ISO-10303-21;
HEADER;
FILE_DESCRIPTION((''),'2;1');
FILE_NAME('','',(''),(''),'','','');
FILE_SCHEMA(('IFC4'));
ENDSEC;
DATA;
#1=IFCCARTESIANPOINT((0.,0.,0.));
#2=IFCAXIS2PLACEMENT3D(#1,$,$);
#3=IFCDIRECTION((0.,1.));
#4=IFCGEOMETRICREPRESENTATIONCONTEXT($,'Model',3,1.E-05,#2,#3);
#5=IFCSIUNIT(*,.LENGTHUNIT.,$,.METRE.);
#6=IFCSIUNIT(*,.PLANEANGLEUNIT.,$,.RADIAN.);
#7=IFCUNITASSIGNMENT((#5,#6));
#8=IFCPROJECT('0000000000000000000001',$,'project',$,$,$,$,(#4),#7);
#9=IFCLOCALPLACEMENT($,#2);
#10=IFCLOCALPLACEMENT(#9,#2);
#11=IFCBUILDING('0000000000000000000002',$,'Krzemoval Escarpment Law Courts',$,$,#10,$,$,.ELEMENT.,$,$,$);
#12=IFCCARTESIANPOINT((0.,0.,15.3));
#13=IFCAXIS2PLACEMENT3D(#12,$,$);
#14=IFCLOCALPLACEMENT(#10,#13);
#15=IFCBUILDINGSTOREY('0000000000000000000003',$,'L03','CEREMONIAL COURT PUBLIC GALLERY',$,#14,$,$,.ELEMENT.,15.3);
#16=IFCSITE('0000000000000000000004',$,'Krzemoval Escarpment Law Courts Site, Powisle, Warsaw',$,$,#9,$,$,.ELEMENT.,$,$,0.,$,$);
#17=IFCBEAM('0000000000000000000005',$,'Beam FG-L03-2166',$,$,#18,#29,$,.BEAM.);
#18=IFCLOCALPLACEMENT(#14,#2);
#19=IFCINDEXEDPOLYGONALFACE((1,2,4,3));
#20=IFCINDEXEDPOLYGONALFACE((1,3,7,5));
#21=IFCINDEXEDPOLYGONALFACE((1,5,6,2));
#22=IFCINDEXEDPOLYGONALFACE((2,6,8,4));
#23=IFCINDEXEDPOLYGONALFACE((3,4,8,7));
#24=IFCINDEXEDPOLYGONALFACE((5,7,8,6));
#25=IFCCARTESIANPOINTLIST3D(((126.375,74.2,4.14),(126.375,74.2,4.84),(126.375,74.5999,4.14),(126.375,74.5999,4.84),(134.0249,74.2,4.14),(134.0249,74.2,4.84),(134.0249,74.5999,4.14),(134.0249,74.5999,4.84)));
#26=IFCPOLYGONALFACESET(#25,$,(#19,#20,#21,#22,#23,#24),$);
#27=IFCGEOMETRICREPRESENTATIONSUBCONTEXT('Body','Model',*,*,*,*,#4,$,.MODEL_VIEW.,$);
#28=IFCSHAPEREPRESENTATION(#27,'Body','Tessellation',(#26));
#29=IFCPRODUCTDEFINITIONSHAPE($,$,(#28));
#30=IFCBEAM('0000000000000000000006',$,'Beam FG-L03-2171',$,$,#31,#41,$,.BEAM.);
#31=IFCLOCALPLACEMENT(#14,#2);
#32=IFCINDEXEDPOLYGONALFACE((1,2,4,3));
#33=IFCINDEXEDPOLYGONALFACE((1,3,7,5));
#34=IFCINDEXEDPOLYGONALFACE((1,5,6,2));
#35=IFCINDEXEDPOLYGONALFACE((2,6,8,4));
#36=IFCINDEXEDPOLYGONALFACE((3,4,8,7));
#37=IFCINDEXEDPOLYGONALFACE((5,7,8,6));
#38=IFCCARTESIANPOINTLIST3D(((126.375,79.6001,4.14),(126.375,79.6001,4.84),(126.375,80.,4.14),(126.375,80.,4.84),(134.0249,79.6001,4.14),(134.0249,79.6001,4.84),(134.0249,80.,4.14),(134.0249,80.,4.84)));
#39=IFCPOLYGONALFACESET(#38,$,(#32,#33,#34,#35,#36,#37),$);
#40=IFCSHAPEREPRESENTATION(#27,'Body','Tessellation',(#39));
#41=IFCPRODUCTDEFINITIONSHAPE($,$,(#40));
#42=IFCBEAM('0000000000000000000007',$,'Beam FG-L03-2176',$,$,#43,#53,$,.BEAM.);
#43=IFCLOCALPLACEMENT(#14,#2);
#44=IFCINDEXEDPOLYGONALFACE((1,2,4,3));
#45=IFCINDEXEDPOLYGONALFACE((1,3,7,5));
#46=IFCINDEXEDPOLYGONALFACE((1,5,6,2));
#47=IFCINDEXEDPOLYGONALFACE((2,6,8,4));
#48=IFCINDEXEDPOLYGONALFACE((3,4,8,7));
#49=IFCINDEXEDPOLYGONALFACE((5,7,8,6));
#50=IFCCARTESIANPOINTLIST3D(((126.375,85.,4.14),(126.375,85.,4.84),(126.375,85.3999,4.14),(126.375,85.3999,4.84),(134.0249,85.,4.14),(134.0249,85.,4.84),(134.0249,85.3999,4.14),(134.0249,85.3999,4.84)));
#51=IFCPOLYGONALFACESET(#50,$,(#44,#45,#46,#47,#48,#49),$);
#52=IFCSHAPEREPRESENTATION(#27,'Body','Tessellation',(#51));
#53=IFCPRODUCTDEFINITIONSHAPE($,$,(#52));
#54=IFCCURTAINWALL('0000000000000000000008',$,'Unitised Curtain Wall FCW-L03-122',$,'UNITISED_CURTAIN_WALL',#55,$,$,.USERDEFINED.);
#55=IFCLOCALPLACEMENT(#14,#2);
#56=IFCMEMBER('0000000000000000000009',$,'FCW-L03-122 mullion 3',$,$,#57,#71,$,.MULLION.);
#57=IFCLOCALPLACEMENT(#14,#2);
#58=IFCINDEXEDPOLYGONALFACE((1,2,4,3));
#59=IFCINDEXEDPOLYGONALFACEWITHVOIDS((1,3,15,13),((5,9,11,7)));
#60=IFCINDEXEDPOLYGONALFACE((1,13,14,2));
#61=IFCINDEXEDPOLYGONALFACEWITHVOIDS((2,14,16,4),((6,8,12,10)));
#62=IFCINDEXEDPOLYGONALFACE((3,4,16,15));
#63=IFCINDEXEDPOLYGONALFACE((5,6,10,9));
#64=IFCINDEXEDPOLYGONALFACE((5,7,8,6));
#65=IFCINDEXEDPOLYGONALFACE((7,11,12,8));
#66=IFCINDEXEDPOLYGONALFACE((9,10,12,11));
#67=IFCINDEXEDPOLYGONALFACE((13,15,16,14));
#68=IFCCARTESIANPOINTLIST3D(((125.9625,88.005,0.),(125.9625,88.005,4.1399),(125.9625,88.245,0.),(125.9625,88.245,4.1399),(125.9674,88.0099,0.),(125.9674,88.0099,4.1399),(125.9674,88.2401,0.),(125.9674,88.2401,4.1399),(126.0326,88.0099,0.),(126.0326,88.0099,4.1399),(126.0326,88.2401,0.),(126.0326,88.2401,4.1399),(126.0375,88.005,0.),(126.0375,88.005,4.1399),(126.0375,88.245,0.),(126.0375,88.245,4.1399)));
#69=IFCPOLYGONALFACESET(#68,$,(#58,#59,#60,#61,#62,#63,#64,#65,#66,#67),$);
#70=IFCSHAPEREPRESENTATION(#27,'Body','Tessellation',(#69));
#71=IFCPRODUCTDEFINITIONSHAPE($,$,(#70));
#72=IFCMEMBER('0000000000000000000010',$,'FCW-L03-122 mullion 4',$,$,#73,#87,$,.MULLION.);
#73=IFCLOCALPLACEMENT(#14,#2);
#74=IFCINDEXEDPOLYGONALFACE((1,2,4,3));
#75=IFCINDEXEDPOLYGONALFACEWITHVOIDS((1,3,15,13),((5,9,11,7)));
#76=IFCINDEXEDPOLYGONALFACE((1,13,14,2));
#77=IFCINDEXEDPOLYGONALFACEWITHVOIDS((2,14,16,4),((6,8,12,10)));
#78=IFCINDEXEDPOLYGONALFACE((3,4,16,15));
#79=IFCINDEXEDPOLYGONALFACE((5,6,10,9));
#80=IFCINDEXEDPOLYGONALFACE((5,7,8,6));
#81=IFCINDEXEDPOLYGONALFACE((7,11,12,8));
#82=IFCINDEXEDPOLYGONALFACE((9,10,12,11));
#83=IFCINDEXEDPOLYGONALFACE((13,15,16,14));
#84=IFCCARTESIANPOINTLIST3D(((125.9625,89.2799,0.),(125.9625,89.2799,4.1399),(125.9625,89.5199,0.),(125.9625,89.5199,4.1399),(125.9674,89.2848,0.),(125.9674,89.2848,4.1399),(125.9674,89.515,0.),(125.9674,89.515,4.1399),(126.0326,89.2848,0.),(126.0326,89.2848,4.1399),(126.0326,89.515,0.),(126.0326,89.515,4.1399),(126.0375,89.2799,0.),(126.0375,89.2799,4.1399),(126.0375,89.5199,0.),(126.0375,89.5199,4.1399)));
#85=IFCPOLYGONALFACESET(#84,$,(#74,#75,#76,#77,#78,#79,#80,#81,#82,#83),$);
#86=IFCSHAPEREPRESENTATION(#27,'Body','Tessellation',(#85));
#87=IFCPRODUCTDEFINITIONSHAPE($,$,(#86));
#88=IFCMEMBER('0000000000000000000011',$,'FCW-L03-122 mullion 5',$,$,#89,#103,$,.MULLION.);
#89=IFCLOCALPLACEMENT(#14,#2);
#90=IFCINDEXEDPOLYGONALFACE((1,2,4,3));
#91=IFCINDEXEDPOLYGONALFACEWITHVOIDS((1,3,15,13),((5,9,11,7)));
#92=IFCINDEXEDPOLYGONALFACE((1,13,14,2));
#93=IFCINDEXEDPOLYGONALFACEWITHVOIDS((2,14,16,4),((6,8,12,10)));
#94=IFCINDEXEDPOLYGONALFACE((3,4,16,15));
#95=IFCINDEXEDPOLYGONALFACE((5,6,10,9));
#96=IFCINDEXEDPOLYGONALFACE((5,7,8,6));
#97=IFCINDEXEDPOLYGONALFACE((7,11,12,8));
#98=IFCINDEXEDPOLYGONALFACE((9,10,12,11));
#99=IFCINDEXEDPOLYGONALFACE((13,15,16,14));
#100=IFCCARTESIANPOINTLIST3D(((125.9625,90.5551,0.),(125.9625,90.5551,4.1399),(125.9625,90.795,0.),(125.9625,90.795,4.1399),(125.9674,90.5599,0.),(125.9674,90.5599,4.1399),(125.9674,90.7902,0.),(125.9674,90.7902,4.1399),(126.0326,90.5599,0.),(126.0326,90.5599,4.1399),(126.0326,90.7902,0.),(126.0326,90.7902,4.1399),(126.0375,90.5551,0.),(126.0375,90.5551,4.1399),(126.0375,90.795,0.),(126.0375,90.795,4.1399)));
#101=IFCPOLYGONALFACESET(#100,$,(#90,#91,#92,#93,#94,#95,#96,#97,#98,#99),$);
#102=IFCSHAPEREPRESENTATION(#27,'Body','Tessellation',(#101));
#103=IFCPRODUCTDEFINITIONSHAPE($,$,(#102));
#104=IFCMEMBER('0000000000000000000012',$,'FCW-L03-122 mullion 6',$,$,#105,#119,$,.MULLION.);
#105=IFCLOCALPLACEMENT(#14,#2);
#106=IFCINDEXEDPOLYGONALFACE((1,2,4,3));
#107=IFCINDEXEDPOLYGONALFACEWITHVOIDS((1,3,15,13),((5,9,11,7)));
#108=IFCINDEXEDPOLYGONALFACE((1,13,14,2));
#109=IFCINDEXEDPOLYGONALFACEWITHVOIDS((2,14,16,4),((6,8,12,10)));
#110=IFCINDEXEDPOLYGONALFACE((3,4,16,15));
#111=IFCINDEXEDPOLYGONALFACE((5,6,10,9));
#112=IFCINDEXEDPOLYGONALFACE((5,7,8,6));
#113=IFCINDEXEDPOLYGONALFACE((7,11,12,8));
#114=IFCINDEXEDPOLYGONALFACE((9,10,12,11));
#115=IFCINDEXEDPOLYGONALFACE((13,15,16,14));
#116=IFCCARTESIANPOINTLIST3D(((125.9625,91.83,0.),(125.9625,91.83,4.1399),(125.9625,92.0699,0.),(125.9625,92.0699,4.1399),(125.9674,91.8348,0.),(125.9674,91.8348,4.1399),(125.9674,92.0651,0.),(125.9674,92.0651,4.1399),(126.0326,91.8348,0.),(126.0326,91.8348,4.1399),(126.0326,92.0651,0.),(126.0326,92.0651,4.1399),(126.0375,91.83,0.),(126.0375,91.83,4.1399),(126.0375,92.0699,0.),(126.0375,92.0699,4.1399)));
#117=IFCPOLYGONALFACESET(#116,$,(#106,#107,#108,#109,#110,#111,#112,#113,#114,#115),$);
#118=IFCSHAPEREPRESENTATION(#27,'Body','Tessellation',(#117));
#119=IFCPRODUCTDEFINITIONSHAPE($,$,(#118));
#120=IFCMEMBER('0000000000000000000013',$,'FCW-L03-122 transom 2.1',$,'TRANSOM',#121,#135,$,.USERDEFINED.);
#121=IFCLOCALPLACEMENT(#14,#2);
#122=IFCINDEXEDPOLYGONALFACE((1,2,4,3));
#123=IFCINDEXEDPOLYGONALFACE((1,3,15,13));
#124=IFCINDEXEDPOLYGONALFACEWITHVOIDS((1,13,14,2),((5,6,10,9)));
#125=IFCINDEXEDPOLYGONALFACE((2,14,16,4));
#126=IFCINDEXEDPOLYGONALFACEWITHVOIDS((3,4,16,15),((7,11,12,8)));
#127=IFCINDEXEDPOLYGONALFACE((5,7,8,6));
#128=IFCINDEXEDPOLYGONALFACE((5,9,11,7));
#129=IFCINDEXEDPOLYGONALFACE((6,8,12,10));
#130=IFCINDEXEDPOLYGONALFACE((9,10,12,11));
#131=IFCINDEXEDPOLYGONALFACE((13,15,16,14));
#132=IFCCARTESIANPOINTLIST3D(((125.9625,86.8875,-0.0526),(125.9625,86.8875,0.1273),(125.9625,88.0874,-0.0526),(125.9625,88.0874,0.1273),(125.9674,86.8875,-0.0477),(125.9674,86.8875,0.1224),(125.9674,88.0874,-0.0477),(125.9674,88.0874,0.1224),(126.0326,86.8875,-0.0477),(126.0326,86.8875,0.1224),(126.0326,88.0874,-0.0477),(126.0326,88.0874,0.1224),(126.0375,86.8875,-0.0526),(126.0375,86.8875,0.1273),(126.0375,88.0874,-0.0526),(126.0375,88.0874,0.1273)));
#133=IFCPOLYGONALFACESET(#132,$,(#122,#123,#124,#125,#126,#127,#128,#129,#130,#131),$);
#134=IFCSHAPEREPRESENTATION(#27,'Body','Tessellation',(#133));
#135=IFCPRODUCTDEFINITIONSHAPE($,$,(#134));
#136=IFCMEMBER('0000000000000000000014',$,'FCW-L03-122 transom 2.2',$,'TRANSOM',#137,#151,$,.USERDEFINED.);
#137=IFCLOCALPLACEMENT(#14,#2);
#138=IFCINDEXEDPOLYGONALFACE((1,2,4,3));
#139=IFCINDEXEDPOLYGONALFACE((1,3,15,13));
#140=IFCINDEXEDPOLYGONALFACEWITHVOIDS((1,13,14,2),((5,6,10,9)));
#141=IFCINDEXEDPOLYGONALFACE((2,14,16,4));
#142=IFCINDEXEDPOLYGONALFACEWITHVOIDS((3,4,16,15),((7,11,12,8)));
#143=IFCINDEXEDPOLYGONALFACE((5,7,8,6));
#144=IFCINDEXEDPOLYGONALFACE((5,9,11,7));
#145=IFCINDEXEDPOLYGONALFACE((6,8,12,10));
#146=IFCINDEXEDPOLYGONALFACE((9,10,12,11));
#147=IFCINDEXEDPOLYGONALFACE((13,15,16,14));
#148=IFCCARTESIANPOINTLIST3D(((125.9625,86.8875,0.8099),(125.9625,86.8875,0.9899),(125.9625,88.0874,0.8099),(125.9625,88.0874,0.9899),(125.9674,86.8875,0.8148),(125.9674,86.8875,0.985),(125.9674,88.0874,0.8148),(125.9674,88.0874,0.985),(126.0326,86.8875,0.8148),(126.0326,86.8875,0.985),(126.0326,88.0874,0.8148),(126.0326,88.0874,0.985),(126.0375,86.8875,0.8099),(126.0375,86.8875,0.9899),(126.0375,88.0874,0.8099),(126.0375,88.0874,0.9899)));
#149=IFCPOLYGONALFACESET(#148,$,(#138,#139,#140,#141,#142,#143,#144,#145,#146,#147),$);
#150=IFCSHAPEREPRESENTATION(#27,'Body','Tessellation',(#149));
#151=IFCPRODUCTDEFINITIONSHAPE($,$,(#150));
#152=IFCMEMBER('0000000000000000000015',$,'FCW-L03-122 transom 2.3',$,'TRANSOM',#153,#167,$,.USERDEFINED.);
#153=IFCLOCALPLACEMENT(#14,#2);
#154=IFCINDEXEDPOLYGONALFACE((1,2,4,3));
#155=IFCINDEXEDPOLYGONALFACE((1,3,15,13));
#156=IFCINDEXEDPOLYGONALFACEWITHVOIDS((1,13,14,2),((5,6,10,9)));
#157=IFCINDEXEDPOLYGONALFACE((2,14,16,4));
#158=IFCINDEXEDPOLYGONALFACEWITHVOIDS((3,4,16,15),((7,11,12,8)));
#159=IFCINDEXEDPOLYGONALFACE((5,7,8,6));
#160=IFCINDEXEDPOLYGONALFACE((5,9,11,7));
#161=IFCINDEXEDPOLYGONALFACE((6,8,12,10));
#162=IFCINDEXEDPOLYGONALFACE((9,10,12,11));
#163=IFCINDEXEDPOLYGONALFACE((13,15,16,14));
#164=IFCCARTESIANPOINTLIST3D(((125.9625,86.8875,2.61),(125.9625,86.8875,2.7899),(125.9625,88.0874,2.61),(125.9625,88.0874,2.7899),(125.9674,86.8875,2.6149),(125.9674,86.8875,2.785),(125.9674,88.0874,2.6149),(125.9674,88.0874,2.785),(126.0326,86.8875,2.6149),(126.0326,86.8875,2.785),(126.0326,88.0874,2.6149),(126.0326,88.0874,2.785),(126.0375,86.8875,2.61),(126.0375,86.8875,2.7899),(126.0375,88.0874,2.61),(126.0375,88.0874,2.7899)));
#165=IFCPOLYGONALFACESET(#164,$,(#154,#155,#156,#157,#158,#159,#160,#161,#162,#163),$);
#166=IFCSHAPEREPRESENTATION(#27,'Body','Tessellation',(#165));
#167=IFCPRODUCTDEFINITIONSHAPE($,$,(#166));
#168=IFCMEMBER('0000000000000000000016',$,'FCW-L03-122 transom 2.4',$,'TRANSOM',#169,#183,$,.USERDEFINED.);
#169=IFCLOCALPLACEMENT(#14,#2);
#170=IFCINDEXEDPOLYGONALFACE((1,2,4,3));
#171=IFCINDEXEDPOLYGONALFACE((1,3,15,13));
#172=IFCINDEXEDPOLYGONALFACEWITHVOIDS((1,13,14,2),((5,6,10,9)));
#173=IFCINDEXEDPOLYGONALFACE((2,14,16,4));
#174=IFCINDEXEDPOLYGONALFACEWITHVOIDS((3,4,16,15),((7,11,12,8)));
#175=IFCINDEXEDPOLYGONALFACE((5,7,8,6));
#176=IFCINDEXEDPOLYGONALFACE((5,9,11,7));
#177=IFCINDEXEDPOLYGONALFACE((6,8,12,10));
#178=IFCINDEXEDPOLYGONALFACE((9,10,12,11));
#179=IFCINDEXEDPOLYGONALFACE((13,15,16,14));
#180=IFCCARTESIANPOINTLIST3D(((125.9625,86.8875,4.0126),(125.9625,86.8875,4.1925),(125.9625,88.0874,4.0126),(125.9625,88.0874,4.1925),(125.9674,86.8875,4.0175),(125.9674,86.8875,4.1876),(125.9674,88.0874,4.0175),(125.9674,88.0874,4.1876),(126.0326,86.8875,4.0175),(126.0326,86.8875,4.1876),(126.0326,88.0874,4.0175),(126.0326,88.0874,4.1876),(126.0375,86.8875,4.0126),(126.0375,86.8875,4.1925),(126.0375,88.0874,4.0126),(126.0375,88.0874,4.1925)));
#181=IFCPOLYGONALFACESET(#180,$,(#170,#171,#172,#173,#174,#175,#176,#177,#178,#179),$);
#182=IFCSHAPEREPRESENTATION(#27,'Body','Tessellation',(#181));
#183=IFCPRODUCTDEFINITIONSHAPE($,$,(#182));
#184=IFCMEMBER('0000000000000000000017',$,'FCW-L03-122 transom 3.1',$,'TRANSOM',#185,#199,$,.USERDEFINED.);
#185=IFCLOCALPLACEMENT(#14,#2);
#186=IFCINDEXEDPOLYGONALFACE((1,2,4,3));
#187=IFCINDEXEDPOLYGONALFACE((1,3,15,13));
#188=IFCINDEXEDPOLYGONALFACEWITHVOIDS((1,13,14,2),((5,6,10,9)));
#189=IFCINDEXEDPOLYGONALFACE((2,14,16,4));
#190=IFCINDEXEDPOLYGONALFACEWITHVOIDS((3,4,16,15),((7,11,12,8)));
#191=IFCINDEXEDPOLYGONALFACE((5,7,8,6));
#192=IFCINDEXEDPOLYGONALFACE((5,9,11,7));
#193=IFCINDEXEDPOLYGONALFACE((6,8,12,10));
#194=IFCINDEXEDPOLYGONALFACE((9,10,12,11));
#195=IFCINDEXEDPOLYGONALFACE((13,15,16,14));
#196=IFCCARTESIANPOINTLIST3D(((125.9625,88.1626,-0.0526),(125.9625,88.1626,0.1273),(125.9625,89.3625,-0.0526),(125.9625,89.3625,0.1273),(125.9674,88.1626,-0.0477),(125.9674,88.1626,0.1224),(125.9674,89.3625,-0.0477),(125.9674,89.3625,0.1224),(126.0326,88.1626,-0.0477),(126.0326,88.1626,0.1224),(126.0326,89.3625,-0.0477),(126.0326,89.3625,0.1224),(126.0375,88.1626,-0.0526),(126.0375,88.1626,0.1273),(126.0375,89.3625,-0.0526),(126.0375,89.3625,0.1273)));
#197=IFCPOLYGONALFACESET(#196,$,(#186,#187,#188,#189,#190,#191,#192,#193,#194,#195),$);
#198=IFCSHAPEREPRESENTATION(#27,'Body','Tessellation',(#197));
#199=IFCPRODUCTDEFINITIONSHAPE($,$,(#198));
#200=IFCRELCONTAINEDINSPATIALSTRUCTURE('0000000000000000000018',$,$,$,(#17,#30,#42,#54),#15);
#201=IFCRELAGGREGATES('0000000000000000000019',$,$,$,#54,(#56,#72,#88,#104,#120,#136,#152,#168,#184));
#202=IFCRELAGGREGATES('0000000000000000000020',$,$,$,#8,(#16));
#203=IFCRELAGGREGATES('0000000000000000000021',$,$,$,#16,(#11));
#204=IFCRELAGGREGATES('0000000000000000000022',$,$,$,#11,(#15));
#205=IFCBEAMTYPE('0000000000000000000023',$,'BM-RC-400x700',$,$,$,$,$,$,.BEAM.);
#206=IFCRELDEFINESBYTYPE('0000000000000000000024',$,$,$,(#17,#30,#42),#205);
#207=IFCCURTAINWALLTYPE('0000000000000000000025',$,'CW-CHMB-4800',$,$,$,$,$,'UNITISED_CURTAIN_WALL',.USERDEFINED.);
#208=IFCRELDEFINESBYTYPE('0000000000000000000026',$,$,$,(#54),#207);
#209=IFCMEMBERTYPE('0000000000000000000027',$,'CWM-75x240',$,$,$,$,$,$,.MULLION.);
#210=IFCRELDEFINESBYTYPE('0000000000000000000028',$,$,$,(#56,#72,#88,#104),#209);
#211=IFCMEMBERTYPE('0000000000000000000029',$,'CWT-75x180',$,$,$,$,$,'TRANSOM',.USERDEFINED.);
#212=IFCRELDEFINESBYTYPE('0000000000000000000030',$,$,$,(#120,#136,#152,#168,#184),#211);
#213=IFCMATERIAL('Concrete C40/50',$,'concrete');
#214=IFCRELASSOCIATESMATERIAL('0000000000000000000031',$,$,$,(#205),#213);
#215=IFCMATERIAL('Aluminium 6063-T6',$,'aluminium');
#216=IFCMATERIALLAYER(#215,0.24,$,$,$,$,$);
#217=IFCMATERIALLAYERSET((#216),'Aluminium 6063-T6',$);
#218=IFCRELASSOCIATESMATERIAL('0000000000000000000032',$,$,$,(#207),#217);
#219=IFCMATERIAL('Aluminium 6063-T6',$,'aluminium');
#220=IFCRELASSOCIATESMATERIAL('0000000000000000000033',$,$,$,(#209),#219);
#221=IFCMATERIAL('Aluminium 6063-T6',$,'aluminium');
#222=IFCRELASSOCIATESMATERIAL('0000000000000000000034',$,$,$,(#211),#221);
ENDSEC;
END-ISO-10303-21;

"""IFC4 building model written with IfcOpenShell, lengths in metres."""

from ifc_helpers import new_model, si_unit, direction, frame, origin, origin_2d, place, context, subcontext, project, spatial, rectangle, hollow_rectangle, extrude, material, layer, layer_set, material_profile, profile_set, type_object, element, aggregate, save


model = new_model("IFC4")

# Units and contexts
model_context = context("Model", 3, precision=1e-05, world=origin(), true_north=direction((0.0, 1.0)))
body_context = subcontext(model_context, "Body", "Model", "MODEL_VIEW")
ifc_project = project(units=[si_unit("LENGTHUNIT", "METRE"), si_unit("PLANEANGLEUNIT", "RADIAN")], contexts=[model_context])

# Site, building, storey
site_placement = place(None, origin())
site = spatial("IfcSite", under=ifc_project, at=site_placement, Name="Krzemoval Escarpment Law Courts Site, Powisle, Warsaw", CompositionType="ELEMENT", RefElevation=0.0)
building_placement = place(site_placement, origin())
building = spatial("IfcBuilding", under=site, at=building_placement, Name="Krzemoval Escarpment Law Courts", CompositionType="ELEMENT")
storey_placement = place(building_placement, frame((0.0, 0.0, 15.3)))
storey = spatial("IfcBuildingStorey", under=building, at=storey_placement, Name="L03", Description="CEREMONIAL COURT PUBLIC GALLERY", CompositionType="ELEMENT", Elevation=15.3)

# Beams
ifc_material_1 = material(Name="Concrete C40/50", Category="concrete")
ifc_material_profile_1 = material_profile(ifc_material_1, rectangle(XDim=0.3999, YDim=0.7, at=origin_2d()), Name="RCB 400x700")
ifc_profile_set_1 = profile_set([ifc_material_profile_1], Name="Concrete C40/50")
beam_type_1 = type_object("IfcBeamType", Name="BM-RC-400x700", PredefinedType="BEAM", material=ifc_profile_set_1)
for number, where, z_axis, x_axis, name in (
    (1, (126.375, 74.3999, 4.49), (1.0, 0.0, 0.0), (0.0, 1.0, 0.0), "Beam FG-L03-2166"),
    (2, (126.375, 79.8, 4.49), (1.0, 0.0, 0.0), (0.0, 1.0, 0.0), "Beam FG-L03-2171"),
    (3, (126.375, 85.2, 4.49), (1.0, 0.0, 0.0), (0.0, 1.0, 0.0), "Beam FG-L03-2176"),
):
    element("IfcBeam", number, at=place(storey_placement, frame(where, z_axis=z_axis, x_axis=x_axis)), inside=storey, type_object=beam_type_1, Name=name, PredefinedType="BEAM", context=body_context, shape_type="SweptSolid", body=[
        extrude(rectangle(XDim=0.3999, YDim=0.7, at=origin_2d()), origin(), (0.0, 0.0, 1.0), 7.6499),
    ])

# Curtain wall, members
ifc_material_2 = material(Name="Aluminium 6063-T6", Category="aluminium")
ifc_layer_1 = layer(ifc_material_2, 0.24)
ifc_layer_set_1 = layer_set([ifc_layer_1], Name="Aluminium 6063-T6")
curtain_wall_type = type_object("IfcCurtainWallType", Name="CW-CHMB-4800", ElementType="UNITISED_CURTAIN_WALL", PredefinedType="USERDEFINED", material=ifc_layer_set_1)
curtain_wall_placement = place(storey_placement, origin())
curtain_wall = element("IfcCurtainWall", 4, at=curtain_wall_placement, inside=storey, type_object=curtain_wall_type, Name="Unitised Curtain Wall FCW-L03-122", ObjectType="UNITISED_CURTAIN_WALL", PredefinedType="USERDEFINED")
ifc_material_3 = material(Name="Aluminium 6063-T6", Category="aluminium")
ifc_material_profile_2 = material_profile(ifc_material_3, hollow_rectangle(XDim=0.075, YDim=0.24, WallThickness=0.0049, at=origin_2d()), Name="ALU M75x240")
ifc_profile_set_2 = profile_set([ifc_material_profile_2], Name="Aluminium 6063-T6")
member_type_1 = type_object("IfcMemberType", Name="CWM-75x240", PredefinedType="MULLION", material=ifc_profile_set_2)
member_1_placement = place(storey_placement, frame((126.0, 88.125, 0.0), z_axis=(0.0, 0.0, 1.0), x_axis=(-1.0, 0.0, 0.0)))
member_1 = element("IfcMember", 5, at=member_1_placement, type_object=member_type_1, Name="FCW-L03-122 mullion 3", PredefinedType="MULLION", context=body_context, shape_type="SweptSolid", body=[
    extrude(hollow_rectangle(XDim=0.075, YDim=0.24, WallThickness=0.0049, at=origin_2d()), origin(), (0.0, 0.0, 1.0), 4.1399),
])
member_2_placement = place(storey_placement, frame((126.0, 89.3999, 0.0), z_axis=(0.0, 0.0, 1.0), x_axis=(-1.0, 0.0, 0.0)))
member_2 = element("IfcMember", 6, at=member_2_placement, type_object=member_type_1, Name="FCW-L03-122 mullion 4", PredefinedType="MULLION", context=body_context, shape_type="SweptSolid", body=[
    extrude(hollow_rectangle(XDim=0.075, YDim=0.24, WallThickness=0.0049, at=origin_2d()), origin(), (0.0, 0.0, 1.0), 4.1399),
])
member_3_placement = place(storey_placement, frame((126.0, 90.675, 0.0), z_axis=(0.0, 0.0, 1.0), x_axis=(-1.0, 0.0, 0.0)))
member_3 = element("IfcMember", 7, at=member_3_placement, type_object=member_type_1, Name="FCW-L03-122 mullion 5", PredefinedType="MULLION", context=body_context, shape_type="SweptSolid", body=[
    extrude(hollow_rectangle(XDim=0.075, YDim=0.24, WallThickness=0.0049, at=origin_2d()), origin(), (0.0, 0.0, 1.0), 4.1399),
])
member_4_placement = place(storey_placement, frame((126.0, 91.95, 0.0), z_axis=(0.0, 0.0, 1.0), x_axis=(-1.0, 0.0, 0.0)))
member_4 = element("IfcMember", 8, at=member_4_placement, type_object=member_type_1, Name="FCW-L03-122 mullion 6", PredefinedType="MULLION", context=body_context, shape_type="SweptSolid", body=[
    extrude(hollow_rectangle(XDim=0.075, YDim=0.24, WallThickness=0.0049, at=origin_2d()), origin(), (0.0, 0.0, 1.0), 4.1399),
])
ifc_material_4 = material(Name="Aluminium 6063-T6", Category="aluminium")
ifc_material_profile_3 = material_profile(ifc_material_4, hollow_rectangle(XDim=0.075, YDim=0.1799, WallThickness=0.0049, at=origin_2d()), Name="ALU T75x180")
ifc_profile_set_3 = profile_set([ifc_material_profile_3], Name="Aluminium 6063-T6")
member_type_2 = type_object("IfcMemberType", Name="CWT-75x180", ElementType="TRANSOM", PredefinedType="USERDEFINED", material=ifc_profile_set_3)
member_5_placement = place(storey_placement, frame((126.0, 86.8875, 0.0374), z_axis=(0.0, 1.0, 0.0), x_axis=(-1.0, 0.0, 0.0)))
member_5 = element("IfcMember", 9, at=member_5_placement, type_object=member_type_2, Name="FCW-L03-122 transom 2.1", ObjectType="TRANSOM", PredefinedType="USERDEFINED", context=body_context, shape_type="SweptSolid", body=[
    extrude(hollow_rectangle(XDim=0.075, YDim=0.1799, WallThickness=0.0049, at=origin_2d()), origin(), (0.0, 0.0, 1.0), 1.2),
])
member_6_placement = place(storey_placement, frame((126.0, 86.8875, 0.8999), z_axis=(0.0, 1.0, 0.0), x_axis=(-1.0, 0.0, 0.0)))
member_6 = element("IfcMember", 10, at=member_6_placement, type_object=member_type_2, Name="FCW-L03-122 transom 2.2", ObjectType="TRANSOM", PredefinedType="USERDEFINED", context=body_context, shape_type="SweptSolid", body=[
    extrude(hollow_rectangle(XDim=0.075, YDim=0.1799, WallThickness=0.0049, at=origin_2d()), origin(), (0.0, 0.0, 1.0), 1.2),
])
member_7_placement = place(storey_placement, frame((126.0, 86.8875, 2.7), z_axis=(0.0, 1.0, 0.0), x_axis=(-1.0, 0.0, 0.0)))
member_7 = element("IfcMember", 11, at=member_7_placement, type_object=member_type_2, Name="FCW-L03-122 transom 2.3", ObjectType="TRANSOM", PredefinedType="USERDEFINED", context=body_context, shape_type="SweptSolid", body=[
    extrude(hollow_rectangle(XDim=0.075, YDim=0.1799, WallThickness=0.0049, at=origin_2d()), origin(), (0.0, 0.0, 1.0), 1.2),
])
member_8_placement = place(storey_placement, frame((126.0, 86.8875, 4.1025), z_axis=(0.0, 1.0, 0.0), x_axis=(-1.0, 0.0, 0.0)))
member_8 = element("IfcMember", 12, at=member_8_placement, type_object=member_type_2, Name="FCW-L03-122 transom 2.4", ObjectType="TRANSOM", PredefinedType="USERDEFINED", context=body_context, shape_type="SweptSolid", body=[
    extrude(hollow_rectangle(XDim=0.075, YDim=0.1799, WallThickness=0.0049, at=origin_2d()), origin(), (0.0, 0.0, 1.0), 1.2),
])
member_9_placement = place(storey_placement, frame((126.0, 88.1626, 0.0374), z_axis=(0.0, 1.0, 0.0), x_axis=(-1.0, 0.0, 0.0)))
member_9 = element("IfcMember", 13, at=member_9_placement, type_object=member_type_2, Name="FCW-L03-122 transom 3.1", ObjectType="TRANSOM", PredefinedType="USERDEFINED", context=body_context, shape_type="SweptSolid", body=[
    extrude(hollow_rectangle(XDim=0.075, YDim=0.1799, WallThickness=0.0049, at=origin_2d()), origin(), (0.0, 0.0, 1.0), 1.2),
])

aggregate(curtain_wall, [member_1, member_2, member_3, member_4, member_5, member_6, member_7, member_8, member_9])

save(model, "model.ifc")
